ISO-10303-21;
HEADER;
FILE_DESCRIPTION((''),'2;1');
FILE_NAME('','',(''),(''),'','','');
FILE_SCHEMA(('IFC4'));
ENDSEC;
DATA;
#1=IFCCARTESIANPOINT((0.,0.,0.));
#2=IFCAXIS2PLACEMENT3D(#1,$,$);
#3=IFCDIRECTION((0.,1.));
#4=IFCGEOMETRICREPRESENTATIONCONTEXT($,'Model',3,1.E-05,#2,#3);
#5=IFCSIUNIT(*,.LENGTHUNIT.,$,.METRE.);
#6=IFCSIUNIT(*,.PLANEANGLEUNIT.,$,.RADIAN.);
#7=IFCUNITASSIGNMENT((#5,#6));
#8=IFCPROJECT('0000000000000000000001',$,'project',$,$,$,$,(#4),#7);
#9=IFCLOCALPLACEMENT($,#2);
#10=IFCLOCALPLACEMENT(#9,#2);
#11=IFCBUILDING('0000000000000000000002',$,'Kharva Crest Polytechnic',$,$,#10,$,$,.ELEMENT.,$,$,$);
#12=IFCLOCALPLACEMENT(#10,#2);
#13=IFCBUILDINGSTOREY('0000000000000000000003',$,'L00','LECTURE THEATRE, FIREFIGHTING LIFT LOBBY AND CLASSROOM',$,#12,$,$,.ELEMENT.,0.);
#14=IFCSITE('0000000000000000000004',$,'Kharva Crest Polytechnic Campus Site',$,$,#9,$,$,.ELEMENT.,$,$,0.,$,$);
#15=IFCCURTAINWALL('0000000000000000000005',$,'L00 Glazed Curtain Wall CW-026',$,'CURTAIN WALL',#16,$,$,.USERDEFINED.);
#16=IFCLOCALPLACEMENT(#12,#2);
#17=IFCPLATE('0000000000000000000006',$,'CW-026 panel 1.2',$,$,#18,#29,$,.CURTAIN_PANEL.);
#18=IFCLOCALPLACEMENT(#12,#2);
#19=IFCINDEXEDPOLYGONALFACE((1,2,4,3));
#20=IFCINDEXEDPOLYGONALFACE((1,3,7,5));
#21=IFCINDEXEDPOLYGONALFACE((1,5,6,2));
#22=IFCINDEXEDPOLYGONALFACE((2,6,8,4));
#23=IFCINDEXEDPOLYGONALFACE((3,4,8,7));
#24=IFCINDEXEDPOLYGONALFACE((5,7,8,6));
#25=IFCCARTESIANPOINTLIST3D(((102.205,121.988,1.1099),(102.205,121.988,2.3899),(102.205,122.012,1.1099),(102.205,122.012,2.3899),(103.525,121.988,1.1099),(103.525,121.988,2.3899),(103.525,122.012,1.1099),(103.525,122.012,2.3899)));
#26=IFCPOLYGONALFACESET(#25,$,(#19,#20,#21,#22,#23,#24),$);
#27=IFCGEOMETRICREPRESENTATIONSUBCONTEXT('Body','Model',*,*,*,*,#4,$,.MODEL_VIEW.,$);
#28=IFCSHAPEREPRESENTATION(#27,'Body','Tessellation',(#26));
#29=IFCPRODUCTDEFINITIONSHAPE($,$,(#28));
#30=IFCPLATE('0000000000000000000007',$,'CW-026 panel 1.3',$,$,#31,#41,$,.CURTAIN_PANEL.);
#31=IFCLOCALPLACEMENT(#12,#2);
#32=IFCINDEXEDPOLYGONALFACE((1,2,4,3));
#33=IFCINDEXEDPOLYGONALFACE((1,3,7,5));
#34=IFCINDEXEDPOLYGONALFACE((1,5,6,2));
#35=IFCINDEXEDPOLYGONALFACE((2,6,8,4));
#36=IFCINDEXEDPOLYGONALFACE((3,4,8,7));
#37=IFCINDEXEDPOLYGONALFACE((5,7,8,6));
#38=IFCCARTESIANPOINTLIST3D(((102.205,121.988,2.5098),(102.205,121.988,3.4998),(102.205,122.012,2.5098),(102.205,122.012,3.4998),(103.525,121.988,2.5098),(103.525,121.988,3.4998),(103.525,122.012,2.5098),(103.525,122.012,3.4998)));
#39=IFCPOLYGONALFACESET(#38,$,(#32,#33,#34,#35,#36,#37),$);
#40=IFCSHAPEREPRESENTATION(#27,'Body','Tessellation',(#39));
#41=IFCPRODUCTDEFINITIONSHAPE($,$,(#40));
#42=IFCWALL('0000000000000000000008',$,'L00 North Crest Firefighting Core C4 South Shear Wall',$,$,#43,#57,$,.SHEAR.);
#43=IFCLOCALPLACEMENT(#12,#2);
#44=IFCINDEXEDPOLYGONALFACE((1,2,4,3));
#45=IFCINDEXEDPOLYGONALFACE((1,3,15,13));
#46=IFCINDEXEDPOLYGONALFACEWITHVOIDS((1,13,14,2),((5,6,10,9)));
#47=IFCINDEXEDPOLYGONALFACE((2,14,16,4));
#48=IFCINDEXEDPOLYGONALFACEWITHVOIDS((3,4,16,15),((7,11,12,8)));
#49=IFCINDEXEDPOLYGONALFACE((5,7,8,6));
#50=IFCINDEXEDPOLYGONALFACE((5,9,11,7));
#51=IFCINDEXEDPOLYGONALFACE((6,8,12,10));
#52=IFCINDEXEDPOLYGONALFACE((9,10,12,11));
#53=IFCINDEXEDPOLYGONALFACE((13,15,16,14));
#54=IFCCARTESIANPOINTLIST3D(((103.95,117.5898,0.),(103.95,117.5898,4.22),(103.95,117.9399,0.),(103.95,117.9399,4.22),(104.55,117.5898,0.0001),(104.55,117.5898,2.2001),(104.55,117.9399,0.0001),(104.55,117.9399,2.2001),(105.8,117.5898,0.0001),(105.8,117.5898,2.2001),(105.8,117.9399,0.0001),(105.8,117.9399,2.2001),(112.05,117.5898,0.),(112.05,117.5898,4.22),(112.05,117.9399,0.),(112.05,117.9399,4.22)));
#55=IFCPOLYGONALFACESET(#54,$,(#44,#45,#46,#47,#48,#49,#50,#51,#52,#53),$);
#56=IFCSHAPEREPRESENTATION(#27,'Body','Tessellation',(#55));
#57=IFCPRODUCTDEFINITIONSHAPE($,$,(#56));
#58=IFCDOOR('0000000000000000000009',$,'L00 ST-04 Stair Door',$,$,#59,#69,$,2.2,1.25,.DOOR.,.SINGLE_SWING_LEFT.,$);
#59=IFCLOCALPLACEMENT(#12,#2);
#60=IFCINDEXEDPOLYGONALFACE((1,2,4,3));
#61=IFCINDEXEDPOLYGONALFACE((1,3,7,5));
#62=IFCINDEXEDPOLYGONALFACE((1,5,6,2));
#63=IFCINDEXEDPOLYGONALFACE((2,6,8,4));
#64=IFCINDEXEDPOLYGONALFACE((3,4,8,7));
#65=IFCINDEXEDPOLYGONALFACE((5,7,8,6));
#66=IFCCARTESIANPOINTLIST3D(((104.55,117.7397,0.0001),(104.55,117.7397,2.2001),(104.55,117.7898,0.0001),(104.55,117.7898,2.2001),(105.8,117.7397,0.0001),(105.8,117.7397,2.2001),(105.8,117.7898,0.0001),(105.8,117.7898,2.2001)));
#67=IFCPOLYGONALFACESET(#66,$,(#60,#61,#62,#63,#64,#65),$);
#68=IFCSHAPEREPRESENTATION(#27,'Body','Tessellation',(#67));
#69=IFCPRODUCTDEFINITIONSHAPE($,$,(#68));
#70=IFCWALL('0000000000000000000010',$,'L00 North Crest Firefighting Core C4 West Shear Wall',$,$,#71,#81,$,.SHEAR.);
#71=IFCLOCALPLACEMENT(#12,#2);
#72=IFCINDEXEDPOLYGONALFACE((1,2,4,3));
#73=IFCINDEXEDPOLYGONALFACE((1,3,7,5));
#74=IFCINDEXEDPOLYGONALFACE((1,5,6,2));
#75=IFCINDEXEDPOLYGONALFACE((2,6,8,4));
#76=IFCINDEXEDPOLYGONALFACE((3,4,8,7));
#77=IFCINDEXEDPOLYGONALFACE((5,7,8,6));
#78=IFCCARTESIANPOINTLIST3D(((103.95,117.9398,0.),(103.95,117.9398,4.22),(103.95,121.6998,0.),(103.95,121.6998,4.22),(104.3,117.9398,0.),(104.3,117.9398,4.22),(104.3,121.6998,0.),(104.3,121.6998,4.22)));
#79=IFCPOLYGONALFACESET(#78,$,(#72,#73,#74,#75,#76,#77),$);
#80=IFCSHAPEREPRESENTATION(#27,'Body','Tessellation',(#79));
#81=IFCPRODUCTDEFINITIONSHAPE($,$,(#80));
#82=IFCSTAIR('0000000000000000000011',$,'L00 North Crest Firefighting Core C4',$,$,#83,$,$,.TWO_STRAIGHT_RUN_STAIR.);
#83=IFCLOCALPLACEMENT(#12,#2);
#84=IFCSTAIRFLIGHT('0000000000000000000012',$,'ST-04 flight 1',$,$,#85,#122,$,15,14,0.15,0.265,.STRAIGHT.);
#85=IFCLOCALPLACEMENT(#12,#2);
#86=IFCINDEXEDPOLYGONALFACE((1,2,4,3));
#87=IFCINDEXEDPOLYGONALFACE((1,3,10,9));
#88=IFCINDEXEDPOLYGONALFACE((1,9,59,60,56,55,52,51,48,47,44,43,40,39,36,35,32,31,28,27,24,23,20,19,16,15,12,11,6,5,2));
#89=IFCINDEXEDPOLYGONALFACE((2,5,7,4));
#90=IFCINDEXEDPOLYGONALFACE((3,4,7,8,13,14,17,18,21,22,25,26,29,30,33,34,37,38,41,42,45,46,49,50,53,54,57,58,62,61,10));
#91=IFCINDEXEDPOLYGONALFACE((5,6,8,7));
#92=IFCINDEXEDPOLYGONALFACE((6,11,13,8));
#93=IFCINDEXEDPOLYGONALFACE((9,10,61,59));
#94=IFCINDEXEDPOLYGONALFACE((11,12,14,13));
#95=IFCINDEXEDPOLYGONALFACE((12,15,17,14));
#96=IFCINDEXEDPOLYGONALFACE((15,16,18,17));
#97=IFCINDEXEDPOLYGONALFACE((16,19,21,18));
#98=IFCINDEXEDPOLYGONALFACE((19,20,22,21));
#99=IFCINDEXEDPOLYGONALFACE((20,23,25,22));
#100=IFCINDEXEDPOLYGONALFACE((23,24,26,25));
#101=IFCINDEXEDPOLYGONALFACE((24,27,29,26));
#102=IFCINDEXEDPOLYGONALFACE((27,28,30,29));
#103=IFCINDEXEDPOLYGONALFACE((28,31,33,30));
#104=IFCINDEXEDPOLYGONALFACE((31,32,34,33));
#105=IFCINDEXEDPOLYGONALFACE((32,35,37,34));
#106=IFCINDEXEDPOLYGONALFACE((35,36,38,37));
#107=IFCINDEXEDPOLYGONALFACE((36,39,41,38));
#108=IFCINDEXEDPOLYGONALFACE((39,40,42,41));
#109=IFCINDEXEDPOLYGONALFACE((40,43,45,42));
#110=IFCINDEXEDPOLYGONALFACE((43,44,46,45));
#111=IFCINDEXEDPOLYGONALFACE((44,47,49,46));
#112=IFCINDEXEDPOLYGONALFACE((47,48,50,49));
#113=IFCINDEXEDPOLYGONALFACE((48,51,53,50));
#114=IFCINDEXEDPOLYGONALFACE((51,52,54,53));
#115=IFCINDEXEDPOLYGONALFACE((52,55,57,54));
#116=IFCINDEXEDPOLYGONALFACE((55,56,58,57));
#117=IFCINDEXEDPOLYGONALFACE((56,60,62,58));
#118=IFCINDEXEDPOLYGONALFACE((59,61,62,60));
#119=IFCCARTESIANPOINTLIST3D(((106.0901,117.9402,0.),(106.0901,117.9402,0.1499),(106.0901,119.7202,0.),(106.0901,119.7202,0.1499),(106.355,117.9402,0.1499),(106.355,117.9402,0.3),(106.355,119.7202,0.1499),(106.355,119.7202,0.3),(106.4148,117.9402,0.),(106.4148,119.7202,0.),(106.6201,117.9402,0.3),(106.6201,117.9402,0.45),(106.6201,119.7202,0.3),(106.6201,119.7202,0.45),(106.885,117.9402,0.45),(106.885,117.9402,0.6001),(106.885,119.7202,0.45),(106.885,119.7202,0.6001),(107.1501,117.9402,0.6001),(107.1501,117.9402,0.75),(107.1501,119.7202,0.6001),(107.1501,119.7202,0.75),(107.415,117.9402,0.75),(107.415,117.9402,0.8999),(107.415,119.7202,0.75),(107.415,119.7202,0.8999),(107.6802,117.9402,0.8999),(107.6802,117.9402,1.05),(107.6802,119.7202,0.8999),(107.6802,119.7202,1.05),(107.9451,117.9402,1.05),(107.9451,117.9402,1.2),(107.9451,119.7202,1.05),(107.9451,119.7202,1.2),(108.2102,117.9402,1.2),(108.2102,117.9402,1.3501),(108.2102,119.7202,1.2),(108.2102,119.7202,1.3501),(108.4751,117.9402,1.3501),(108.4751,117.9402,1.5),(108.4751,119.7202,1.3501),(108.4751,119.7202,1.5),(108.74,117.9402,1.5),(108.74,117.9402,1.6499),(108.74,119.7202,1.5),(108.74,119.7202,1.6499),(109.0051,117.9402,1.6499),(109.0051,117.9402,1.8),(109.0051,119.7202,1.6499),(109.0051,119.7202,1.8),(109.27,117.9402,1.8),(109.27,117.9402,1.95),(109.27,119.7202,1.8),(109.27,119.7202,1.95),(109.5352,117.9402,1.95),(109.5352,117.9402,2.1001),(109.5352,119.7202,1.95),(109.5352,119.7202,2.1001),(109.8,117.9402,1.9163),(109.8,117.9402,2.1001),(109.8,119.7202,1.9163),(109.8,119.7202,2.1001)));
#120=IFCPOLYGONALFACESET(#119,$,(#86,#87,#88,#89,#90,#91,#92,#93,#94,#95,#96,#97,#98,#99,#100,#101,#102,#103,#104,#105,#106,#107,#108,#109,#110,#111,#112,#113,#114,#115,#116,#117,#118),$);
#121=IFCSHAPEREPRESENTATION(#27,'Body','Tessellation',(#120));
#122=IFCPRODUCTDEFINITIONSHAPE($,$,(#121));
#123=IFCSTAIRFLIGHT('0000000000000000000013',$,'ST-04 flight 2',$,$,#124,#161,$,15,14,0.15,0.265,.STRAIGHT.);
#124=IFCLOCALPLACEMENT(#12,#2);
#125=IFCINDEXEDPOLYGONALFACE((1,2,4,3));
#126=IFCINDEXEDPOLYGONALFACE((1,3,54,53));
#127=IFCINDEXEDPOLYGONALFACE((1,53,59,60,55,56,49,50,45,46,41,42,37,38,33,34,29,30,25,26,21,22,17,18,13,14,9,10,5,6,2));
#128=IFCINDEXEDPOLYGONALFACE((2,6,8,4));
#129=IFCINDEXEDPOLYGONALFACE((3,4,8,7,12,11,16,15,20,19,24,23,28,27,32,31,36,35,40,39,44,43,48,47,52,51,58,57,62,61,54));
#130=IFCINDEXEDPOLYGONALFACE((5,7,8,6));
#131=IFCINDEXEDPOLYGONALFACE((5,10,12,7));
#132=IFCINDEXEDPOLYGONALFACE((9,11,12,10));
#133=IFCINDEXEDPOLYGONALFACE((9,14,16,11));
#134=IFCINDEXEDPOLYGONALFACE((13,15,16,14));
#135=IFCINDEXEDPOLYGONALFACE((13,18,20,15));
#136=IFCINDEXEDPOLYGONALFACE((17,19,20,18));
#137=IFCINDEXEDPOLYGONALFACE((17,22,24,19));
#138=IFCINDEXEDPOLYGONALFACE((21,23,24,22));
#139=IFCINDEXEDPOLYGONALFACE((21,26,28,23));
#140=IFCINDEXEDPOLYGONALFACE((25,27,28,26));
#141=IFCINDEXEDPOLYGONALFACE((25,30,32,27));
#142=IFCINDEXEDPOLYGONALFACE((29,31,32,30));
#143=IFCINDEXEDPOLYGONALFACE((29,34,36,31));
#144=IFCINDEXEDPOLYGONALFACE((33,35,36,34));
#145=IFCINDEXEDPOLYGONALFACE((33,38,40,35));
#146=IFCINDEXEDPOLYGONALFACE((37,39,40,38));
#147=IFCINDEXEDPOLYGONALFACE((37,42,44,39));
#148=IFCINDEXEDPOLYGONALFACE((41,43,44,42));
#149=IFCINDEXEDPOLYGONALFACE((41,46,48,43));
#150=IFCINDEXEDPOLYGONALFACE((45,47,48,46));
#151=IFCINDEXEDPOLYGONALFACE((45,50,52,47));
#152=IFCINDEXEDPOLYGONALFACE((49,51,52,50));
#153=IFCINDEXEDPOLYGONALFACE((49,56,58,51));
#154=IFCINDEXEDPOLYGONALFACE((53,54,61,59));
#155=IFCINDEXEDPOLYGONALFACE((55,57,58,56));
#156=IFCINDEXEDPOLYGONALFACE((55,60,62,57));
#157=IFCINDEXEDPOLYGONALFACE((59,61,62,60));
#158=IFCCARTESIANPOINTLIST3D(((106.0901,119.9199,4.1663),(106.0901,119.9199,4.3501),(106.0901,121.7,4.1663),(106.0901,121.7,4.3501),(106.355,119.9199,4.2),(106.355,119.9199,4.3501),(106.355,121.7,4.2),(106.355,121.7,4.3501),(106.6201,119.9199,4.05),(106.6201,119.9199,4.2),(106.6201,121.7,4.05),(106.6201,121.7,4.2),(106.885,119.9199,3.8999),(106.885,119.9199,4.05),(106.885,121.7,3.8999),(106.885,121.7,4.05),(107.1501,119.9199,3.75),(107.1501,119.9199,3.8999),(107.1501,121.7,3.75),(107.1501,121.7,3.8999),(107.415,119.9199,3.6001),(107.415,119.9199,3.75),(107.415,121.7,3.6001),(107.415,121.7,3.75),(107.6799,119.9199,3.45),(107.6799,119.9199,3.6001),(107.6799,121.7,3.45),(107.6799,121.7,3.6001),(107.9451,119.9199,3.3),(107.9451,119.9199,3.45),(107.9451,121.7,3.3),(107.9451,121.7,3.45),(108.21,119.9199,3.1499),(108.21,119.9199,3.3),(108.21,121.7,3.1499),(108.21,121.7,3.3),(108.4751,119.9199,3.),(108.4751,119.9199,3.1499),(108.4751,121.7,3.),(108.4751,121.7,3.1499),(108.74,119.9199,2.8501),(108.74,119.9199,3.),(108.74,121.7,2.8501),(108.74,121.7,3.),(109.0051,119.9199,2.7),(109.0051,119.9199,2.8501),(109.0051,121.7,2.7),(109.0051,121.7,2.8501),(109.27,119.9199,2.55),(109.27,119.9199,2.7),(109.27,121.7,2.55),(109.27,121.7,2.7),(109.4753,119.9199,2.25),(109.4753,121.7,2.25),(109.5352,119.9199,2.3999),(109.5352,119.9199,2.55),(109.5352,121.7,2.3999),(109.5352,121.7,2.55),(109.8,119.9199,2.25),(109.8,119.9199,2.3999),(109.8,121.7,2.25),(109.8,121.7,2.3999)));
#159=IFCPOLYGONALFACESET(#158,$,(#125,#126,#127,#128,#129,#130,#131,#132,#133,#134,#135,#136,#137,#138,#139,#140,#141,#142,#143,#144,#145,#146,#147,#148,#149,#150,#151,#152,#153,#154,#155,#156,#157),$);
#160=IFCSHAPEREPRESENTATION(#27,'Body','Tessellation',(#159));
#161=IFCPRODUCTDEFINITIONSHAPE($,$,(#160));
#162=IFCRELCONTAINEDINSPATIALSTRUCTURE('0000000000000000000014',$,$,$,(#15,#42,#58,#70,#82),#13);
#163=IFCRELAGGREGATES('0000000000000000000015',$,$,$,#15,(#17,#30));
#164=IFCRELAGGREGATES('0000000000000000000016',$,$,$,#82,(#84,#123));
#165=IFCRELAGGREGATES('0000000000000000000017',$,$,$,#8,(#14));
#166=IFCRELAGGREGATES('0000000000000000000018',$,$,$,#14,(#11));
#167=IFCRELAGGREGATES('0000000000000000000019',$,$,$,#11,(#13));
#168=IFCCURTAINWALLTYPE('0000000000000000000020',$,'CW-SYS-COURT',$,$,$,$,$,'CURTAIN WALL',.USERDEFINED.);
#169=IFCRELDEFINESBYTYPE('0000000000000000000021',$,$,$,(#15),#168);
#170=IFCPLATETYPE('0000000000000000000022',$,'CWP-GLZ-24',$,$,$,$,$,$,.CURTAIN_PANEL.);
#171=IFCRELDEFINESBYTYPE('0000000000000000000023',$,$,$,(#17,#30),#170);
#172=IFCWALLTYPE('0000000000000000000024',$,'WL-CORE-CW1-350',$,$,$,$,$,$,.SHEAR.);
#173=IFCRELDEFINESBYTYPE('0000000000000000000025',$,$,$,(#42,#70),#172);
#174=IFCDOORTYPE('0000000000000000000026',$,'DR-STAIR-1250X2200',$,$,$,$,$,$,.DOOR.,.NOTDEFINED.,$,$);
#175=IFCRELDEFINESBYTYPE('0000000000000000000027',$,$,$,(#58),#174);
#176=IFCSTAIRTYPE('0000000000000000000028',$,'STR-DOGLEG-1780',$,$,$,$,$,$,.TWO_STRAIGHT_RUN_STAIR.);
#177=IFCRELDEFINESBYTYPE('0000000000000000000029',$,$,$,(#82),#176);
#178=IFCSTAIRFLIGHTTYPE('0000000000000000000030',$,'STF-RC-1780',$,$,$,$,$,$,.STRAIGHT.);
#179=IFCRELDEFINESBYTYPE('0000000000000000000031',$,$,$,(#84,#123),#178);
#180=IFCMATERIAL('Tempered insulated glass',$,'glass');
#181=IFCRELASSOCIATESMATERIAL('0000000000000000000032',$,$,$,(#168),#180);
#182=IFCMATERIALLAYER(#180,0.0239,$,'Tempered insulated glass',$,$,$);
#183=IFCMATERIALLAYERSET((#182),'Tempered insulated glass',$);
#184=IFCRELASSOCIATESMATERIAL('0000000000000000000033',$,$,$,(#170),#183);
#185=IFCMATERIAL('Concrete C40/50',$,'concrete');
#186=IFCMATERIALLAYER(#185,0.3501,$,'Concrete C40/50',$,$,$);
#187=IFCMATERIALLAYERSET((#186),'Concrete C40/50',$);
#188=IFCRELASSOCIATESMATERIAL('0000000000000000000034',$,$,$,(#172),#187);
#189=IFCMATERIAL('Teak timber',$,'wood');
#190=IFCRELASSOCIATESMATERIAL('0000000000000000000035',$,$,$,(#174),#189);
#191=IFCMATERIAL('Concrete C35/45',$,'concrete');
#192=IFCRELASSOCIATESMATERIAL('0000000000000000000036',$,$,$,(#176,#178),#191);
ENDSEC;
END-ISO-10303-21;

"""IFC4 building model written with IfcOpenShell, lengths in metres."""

from ifc_helpers import new_model, si_unit, direction, frame, frame_2d, origin, origin_2d, place, context, subcontext, project, spatial, polyline, rectangle, outline, extrude, material, layer, layer_set, type_object, element, fill, aggregate, save


model = new_model("IFC4")

# Units and contexts
model_context = context("Model", 3, precision=1e-05, world=origin(), true_north=direction((0.0, 1.0)))
body_context = subcontext(model_context, "Body", "Model", "MODEL_VIEW")
ifc_project = project(units=[si_unit("LENGTHUNIT", "METRE"), si_unit("PLANEANGLEUNIT", "RADIAN")], contexts=[model_context])

# Site, building, storey
site_placement = place(None, origin())
site = spatial("IfcSite", under=ifc_project, at=site_placement, Name="Kharva Crest Polytechnic Campus Site", CompositionType="ELEMENT", RefElevation=0.0)
building_placement = place(site_placement, origin())
building = spatial("IfcBuilding", under=site, at=building_placement, Name="Kharva Crest Polytechnic", CompositionType="ELEMENT")
storey_placement = place(building_placement, origin())
storey = spatial("IfcBuildingStorey", under=building, at=storey_placement, Name="L00", Description="LECTURE THEATRE, FIREFIGHTING LIFT LOBBY AND CLASSROOM", CompositionType="ELEMENT", Elevation=0.0)

# Shared definitions
ifc_material_1 = material(Name="Concrete C35/45", Category="concrete")

# Shared definitions
ifc_material_2 = material(Name="Concrete C40/50", Category="concrete")

# Curtain wall, plates
ifc_material_3 = material(Name="Tempered insulated glass", Category="glass")
curtain_wall_type = type_object("IfcCurtainWallType", Name="CW-SYS-COURT", ElementType="CURTAIN WALL", PredefinedType="USERDEFINED", material=ifc_material_3)
curtain_wall_placement = place(storey_placement, origin())
curtain_wall = element("IfcCurtainWall", 1, at=curtain_wall_placement, inside=storey, type_object=curtain_wall_type, Name="L00 Glazed Curtain Wall CW-026", ObjectType="CURTAIN WALL", PredefinedType="USERDEFINED")
ifc_layer_1 = layer(ifc_material_3, 0.0239, Name="Tempered insulated glass")
ifc_layer_set_1 = layer_set([ifc_layer_1], Name="Tempered insulated glass")
plate_type = type_object("IfcPlateType", Name="CWP-GLZ-24", PredefinedType="CURTAIN_PANEL", material=ifc_layer_set_1)
plate_1_placement = place(storey_placement, frame((102.865, 122.0, 1.1099), z_axis=(0.0, 0.0, 1.0), x_axis=(-1.0, 0.0, 0.0)))
plate_1 = element("IfcPlate", 2, at=plate_1_placement, type_object=plate_type, Name="CW-026 panel 1.2", PredefinedType="CURTAIN_PANEL", context=body_context, shape_type="SweptSolid", body=[
    extrude(rectangle(XDim=1.3201, YDim=0.0239, at=origin_2d()), origin(), (0.0, 0.0, 1.0), 1.28),
])
plate_2_placement = place(storey_placement, frame((102.865, 122.0, 2.5098), z_axis=(0.0, 0.0, 1.0), x_axis=(-1.0, 0.0, 0.0)))
plate_2 = element("IfcPlate", 3, at=plate_2_placement, type_object=plate_type, Name="CW-026 panel 1.3", PredefinedType="CURTAIN_PANEL", context=body_context, shape_type="SweptSolid", body=[
    extrude(rectangle(XDim=1.3201, YDim=0.0239, at=origin_2d()), origin(), (0.0, 0.0, 1.0), 0.99),
])
aggregate(curtain_wall, [plate_1, plate_2])

# Wall, opening, door
ifc_layer_2 = layer(ifc_material_2, 0.3501, Name="Concrete C40/50")
ifc_layer_set_2 = layer_set([ifc_layer_2], Name="Concrete C40/50")
wall_type = type_object("IfcWallType", Name="WL-CORE-CW1-350", PredefinedType="SHEAR", material=ifc_layer_set_2)
wall_1_placement = place(storey_placement, frame((103.95, 117.7649, 0.0), z_axis=(0.0, 0.0, 1.0), x_axis=(1.0, 0.0, 0.0)))
wall_1 = element("IfcWall", 4, at=wall_1_placement, inside=storey, type_object=wall_type, Name="L00 North Crest Firefighting Core C4 South Shear Wall", PredefinedType="SHEAR", context=body_context, shape_type="SweptSolid", body=[
    extrude(rectangle(XDim=8.1001, YDim=0.3501, at=frame_2d((4.05, 0.0))), origin(), (0.0, 0.0, 1.0), 4.22),
])
opening_placement = place(wall_1_placement, frame((0.6001, 0.0, 0.0)))
opening = element("IfcOpeningElement", 5, at=opening_placement, cuts=wall_1, PredefinedType="OPENING", context=body_context, shape_type="SweptSolid", body=[
    extrude(rectangle(XDim=1.25, YDim=2.2, at=frame_2d((0.625, 1.1001))), frame((0.0, 0.1851, 0.0), z_axis=(0.0, -1.0, 0.0), x_axis=(1.0, 0.0, 0.0)), (0.0, 0.0, 1.0), 0.3701),
])
ifc_material_4 = material(Name="Teak timber", Category="wood")
door_type = type_object("IfcDoorType", Name="DR-STAIR-1250X2200", OperationType="NOTDEFINED", PredefinedType="DOOR", material=ifc_material_4)
door_placement = place(opening_placement, origin())
door = element("IfcDoor", 6, at=door_placement, inside=storey, type_object=door_type, Name="L00 ST-04 Stair Door", OperationType="SINGLE_SWING_LEFT", OverallHeight=2.2, OverallWidth=1.25, PredefinedType="DOOR", context=body_context, shape_type="SweptSolid", body=[
    extrude(rectangle(XDim=1.25, YDim=2.2, at=frame_2d((0.625, 1.1001))), frame((0.0, 0.0249, 0.0), z_axis=(0.0, -1.0, 0.0), x_axis=(1.0, 0.0, 0.0)), (0.0, 0.0, 1.0), 0.05),
])
fill(opening, door)

# Wall
wall_2_placement = place(storey_placement, frame((104.125, 117.9399, 0.0), z_axis=(0.0, 0.0, 1.0), x_axis=(0.0, 1.0, 0.0)))
element("IfcWall", 7, at=wall_2_placement, inside=storey, type_object=wall_type, Name="L00 North Crest Firefighting Core C4 West Shear Wall", PredefinedType="SHEAR", context=body_context, shape_type="SweptSolid", body=[
    extrude(rectangle(XDim=3.76, YDim=0.3501, at=frame_2d((1.8799, 0.0))), origin(), (0.0, 0.0, 1.0), 4.22),
])

# Stair, stair flights
stair_type = type_object("IfcStairType", Name="STR-DOGLEG-1780", PredefinedType="TWO_STRAIGHT_RUN_STAIR", material=ifc_material_1)
stair_placement = place(storey_placement, origin())
stair = element("IfcStair", 8, at=stair_placement, inside=storey, type_object=stair_type, Name="L00 North Crest Firefighting Core C4", PredefinedType="TWO_STRAIGHT_RUN_STAIR")
stair_flight_type = type_object("IfcStairFlightType", Name="STF-RC-1780", PredefinedType="STRAIGHT", material=ifc_material_1)
stair_flight_1_placement = place(storey_placement, frame((106.0901, 118.8301, 0.0), z_axis=(0.0, 0.0, 1.0), x_axis=(1.0, 0.0, 0.0)))
stair_flight_1 = element("IfcStairFlight", 9, at=stair_flight_1_placement, type_object=stair_flight_type, Name="ST-04 flight 1", NumberOfRisers=15, NumberOfTreads=14, PredefinedType="STRAIGHT", RiserHeight=0.15, TreadLength=0.265, context=body_context, shape_type="SweptSolid", body=[
    extrude(outline(polyline([(0.0, 0.0), (0.0, 0.1499), (0.2649, 0.1499), (0.2649, 0.3), (0.53, 0.3), (0.53, 0.45), (0.7949, 0.45), (0.7949, 0.6001), (1.0601, 0.6001), (1.0601, 0.75), (1.325, 0.75), (1.325, 0.8999), (1.5901, 0.8999), (1.5901, 1.05), (1.855, 1.05), (1.855, 1.2), (2.1201, 1.2), (2.1201, 1.3501), (2.385, 1.3501), (2.385, 1.5), (2.6499, 1.5), (2.6499, 1.6499), (2.915, 1.6499), (2.915, 1.8), (3.1799, 1.8), (3.1799, 1.95), (3.4451, 1.95), (3.4451, 2.1001), (3.71, 2.1001), (3.71, 2.25), (3.71, 1.9163), (0.3247, 0.0), (0.0, 0.0)])), frame((0.0, 0.8901, 0.0), z_axis=(0.0, -1.0, 0.0), x_axis=(1.0, 0.0, 0.0)), (0.0, 0.0, 1.0), 1.78),
])
stair_flight_2_placement = place(storey_placement, frame((109.8, 120.8101, 2.25), z_axis=(0.0, 0.0, 1.0), x_axis=(-1.0, 0.0, 0.0)))
stair_flight_2 = element("IfcStairFlight", 10, at=stair_flight_2_placement, type_object=stair_flight_type, Name="ST-04 flight 2", NumberOfRisers=15, NumberOfTreads=14, PredefinedType="STRAIGHT", RiserHeight=0.15, TreadLength=0.265, context=body_context, shape_type="SweptSolid", body=[
    extrude(outline(polyline([(0.0, 0.0), (0.0, 0.1499), (0.2649, 0.1499), (0.2649, 0.3), (0.53, 0.3), (0.53, 0.45), (0.7949, 0.45), (0.7949, 0.6001), (1.0601, 0.6001), (1.0601, 0.75), (1.325, 0.75), (1.325, 0.8999), (1.5901, 0.8999), (1.5901, 1.05), (1.855, 1.05), (1.855, 1.2), (2.1201, 1.2), (2.1201, 1.3501), (2.385, 1.3501), (2.385, 1.5), (2.6499, 1.5), (2.6499, 1.6499), (2.915, 1.6499), (2.915, 1.8), (3.1799, 1.8), (3.1799, 1.95), (3.4451, 1.95), (3.4451, 2.1001), (3.71, 2.1001), (3.71, 2.25), (3.71, 1.9163), (0.3247, 0.0), (0.0, 0.0)])), frame((0.0, 0.8901, 0.0), z_axis=(0.0, -1.0, 0.0), x_axis=(1.0, 0.0, 0.0)), (0.0, 0.0, 1.0), 1.78),
])
aggregate(stair, [stair_flight_1, stair_flight_2])

save(model, "model.ifc")
